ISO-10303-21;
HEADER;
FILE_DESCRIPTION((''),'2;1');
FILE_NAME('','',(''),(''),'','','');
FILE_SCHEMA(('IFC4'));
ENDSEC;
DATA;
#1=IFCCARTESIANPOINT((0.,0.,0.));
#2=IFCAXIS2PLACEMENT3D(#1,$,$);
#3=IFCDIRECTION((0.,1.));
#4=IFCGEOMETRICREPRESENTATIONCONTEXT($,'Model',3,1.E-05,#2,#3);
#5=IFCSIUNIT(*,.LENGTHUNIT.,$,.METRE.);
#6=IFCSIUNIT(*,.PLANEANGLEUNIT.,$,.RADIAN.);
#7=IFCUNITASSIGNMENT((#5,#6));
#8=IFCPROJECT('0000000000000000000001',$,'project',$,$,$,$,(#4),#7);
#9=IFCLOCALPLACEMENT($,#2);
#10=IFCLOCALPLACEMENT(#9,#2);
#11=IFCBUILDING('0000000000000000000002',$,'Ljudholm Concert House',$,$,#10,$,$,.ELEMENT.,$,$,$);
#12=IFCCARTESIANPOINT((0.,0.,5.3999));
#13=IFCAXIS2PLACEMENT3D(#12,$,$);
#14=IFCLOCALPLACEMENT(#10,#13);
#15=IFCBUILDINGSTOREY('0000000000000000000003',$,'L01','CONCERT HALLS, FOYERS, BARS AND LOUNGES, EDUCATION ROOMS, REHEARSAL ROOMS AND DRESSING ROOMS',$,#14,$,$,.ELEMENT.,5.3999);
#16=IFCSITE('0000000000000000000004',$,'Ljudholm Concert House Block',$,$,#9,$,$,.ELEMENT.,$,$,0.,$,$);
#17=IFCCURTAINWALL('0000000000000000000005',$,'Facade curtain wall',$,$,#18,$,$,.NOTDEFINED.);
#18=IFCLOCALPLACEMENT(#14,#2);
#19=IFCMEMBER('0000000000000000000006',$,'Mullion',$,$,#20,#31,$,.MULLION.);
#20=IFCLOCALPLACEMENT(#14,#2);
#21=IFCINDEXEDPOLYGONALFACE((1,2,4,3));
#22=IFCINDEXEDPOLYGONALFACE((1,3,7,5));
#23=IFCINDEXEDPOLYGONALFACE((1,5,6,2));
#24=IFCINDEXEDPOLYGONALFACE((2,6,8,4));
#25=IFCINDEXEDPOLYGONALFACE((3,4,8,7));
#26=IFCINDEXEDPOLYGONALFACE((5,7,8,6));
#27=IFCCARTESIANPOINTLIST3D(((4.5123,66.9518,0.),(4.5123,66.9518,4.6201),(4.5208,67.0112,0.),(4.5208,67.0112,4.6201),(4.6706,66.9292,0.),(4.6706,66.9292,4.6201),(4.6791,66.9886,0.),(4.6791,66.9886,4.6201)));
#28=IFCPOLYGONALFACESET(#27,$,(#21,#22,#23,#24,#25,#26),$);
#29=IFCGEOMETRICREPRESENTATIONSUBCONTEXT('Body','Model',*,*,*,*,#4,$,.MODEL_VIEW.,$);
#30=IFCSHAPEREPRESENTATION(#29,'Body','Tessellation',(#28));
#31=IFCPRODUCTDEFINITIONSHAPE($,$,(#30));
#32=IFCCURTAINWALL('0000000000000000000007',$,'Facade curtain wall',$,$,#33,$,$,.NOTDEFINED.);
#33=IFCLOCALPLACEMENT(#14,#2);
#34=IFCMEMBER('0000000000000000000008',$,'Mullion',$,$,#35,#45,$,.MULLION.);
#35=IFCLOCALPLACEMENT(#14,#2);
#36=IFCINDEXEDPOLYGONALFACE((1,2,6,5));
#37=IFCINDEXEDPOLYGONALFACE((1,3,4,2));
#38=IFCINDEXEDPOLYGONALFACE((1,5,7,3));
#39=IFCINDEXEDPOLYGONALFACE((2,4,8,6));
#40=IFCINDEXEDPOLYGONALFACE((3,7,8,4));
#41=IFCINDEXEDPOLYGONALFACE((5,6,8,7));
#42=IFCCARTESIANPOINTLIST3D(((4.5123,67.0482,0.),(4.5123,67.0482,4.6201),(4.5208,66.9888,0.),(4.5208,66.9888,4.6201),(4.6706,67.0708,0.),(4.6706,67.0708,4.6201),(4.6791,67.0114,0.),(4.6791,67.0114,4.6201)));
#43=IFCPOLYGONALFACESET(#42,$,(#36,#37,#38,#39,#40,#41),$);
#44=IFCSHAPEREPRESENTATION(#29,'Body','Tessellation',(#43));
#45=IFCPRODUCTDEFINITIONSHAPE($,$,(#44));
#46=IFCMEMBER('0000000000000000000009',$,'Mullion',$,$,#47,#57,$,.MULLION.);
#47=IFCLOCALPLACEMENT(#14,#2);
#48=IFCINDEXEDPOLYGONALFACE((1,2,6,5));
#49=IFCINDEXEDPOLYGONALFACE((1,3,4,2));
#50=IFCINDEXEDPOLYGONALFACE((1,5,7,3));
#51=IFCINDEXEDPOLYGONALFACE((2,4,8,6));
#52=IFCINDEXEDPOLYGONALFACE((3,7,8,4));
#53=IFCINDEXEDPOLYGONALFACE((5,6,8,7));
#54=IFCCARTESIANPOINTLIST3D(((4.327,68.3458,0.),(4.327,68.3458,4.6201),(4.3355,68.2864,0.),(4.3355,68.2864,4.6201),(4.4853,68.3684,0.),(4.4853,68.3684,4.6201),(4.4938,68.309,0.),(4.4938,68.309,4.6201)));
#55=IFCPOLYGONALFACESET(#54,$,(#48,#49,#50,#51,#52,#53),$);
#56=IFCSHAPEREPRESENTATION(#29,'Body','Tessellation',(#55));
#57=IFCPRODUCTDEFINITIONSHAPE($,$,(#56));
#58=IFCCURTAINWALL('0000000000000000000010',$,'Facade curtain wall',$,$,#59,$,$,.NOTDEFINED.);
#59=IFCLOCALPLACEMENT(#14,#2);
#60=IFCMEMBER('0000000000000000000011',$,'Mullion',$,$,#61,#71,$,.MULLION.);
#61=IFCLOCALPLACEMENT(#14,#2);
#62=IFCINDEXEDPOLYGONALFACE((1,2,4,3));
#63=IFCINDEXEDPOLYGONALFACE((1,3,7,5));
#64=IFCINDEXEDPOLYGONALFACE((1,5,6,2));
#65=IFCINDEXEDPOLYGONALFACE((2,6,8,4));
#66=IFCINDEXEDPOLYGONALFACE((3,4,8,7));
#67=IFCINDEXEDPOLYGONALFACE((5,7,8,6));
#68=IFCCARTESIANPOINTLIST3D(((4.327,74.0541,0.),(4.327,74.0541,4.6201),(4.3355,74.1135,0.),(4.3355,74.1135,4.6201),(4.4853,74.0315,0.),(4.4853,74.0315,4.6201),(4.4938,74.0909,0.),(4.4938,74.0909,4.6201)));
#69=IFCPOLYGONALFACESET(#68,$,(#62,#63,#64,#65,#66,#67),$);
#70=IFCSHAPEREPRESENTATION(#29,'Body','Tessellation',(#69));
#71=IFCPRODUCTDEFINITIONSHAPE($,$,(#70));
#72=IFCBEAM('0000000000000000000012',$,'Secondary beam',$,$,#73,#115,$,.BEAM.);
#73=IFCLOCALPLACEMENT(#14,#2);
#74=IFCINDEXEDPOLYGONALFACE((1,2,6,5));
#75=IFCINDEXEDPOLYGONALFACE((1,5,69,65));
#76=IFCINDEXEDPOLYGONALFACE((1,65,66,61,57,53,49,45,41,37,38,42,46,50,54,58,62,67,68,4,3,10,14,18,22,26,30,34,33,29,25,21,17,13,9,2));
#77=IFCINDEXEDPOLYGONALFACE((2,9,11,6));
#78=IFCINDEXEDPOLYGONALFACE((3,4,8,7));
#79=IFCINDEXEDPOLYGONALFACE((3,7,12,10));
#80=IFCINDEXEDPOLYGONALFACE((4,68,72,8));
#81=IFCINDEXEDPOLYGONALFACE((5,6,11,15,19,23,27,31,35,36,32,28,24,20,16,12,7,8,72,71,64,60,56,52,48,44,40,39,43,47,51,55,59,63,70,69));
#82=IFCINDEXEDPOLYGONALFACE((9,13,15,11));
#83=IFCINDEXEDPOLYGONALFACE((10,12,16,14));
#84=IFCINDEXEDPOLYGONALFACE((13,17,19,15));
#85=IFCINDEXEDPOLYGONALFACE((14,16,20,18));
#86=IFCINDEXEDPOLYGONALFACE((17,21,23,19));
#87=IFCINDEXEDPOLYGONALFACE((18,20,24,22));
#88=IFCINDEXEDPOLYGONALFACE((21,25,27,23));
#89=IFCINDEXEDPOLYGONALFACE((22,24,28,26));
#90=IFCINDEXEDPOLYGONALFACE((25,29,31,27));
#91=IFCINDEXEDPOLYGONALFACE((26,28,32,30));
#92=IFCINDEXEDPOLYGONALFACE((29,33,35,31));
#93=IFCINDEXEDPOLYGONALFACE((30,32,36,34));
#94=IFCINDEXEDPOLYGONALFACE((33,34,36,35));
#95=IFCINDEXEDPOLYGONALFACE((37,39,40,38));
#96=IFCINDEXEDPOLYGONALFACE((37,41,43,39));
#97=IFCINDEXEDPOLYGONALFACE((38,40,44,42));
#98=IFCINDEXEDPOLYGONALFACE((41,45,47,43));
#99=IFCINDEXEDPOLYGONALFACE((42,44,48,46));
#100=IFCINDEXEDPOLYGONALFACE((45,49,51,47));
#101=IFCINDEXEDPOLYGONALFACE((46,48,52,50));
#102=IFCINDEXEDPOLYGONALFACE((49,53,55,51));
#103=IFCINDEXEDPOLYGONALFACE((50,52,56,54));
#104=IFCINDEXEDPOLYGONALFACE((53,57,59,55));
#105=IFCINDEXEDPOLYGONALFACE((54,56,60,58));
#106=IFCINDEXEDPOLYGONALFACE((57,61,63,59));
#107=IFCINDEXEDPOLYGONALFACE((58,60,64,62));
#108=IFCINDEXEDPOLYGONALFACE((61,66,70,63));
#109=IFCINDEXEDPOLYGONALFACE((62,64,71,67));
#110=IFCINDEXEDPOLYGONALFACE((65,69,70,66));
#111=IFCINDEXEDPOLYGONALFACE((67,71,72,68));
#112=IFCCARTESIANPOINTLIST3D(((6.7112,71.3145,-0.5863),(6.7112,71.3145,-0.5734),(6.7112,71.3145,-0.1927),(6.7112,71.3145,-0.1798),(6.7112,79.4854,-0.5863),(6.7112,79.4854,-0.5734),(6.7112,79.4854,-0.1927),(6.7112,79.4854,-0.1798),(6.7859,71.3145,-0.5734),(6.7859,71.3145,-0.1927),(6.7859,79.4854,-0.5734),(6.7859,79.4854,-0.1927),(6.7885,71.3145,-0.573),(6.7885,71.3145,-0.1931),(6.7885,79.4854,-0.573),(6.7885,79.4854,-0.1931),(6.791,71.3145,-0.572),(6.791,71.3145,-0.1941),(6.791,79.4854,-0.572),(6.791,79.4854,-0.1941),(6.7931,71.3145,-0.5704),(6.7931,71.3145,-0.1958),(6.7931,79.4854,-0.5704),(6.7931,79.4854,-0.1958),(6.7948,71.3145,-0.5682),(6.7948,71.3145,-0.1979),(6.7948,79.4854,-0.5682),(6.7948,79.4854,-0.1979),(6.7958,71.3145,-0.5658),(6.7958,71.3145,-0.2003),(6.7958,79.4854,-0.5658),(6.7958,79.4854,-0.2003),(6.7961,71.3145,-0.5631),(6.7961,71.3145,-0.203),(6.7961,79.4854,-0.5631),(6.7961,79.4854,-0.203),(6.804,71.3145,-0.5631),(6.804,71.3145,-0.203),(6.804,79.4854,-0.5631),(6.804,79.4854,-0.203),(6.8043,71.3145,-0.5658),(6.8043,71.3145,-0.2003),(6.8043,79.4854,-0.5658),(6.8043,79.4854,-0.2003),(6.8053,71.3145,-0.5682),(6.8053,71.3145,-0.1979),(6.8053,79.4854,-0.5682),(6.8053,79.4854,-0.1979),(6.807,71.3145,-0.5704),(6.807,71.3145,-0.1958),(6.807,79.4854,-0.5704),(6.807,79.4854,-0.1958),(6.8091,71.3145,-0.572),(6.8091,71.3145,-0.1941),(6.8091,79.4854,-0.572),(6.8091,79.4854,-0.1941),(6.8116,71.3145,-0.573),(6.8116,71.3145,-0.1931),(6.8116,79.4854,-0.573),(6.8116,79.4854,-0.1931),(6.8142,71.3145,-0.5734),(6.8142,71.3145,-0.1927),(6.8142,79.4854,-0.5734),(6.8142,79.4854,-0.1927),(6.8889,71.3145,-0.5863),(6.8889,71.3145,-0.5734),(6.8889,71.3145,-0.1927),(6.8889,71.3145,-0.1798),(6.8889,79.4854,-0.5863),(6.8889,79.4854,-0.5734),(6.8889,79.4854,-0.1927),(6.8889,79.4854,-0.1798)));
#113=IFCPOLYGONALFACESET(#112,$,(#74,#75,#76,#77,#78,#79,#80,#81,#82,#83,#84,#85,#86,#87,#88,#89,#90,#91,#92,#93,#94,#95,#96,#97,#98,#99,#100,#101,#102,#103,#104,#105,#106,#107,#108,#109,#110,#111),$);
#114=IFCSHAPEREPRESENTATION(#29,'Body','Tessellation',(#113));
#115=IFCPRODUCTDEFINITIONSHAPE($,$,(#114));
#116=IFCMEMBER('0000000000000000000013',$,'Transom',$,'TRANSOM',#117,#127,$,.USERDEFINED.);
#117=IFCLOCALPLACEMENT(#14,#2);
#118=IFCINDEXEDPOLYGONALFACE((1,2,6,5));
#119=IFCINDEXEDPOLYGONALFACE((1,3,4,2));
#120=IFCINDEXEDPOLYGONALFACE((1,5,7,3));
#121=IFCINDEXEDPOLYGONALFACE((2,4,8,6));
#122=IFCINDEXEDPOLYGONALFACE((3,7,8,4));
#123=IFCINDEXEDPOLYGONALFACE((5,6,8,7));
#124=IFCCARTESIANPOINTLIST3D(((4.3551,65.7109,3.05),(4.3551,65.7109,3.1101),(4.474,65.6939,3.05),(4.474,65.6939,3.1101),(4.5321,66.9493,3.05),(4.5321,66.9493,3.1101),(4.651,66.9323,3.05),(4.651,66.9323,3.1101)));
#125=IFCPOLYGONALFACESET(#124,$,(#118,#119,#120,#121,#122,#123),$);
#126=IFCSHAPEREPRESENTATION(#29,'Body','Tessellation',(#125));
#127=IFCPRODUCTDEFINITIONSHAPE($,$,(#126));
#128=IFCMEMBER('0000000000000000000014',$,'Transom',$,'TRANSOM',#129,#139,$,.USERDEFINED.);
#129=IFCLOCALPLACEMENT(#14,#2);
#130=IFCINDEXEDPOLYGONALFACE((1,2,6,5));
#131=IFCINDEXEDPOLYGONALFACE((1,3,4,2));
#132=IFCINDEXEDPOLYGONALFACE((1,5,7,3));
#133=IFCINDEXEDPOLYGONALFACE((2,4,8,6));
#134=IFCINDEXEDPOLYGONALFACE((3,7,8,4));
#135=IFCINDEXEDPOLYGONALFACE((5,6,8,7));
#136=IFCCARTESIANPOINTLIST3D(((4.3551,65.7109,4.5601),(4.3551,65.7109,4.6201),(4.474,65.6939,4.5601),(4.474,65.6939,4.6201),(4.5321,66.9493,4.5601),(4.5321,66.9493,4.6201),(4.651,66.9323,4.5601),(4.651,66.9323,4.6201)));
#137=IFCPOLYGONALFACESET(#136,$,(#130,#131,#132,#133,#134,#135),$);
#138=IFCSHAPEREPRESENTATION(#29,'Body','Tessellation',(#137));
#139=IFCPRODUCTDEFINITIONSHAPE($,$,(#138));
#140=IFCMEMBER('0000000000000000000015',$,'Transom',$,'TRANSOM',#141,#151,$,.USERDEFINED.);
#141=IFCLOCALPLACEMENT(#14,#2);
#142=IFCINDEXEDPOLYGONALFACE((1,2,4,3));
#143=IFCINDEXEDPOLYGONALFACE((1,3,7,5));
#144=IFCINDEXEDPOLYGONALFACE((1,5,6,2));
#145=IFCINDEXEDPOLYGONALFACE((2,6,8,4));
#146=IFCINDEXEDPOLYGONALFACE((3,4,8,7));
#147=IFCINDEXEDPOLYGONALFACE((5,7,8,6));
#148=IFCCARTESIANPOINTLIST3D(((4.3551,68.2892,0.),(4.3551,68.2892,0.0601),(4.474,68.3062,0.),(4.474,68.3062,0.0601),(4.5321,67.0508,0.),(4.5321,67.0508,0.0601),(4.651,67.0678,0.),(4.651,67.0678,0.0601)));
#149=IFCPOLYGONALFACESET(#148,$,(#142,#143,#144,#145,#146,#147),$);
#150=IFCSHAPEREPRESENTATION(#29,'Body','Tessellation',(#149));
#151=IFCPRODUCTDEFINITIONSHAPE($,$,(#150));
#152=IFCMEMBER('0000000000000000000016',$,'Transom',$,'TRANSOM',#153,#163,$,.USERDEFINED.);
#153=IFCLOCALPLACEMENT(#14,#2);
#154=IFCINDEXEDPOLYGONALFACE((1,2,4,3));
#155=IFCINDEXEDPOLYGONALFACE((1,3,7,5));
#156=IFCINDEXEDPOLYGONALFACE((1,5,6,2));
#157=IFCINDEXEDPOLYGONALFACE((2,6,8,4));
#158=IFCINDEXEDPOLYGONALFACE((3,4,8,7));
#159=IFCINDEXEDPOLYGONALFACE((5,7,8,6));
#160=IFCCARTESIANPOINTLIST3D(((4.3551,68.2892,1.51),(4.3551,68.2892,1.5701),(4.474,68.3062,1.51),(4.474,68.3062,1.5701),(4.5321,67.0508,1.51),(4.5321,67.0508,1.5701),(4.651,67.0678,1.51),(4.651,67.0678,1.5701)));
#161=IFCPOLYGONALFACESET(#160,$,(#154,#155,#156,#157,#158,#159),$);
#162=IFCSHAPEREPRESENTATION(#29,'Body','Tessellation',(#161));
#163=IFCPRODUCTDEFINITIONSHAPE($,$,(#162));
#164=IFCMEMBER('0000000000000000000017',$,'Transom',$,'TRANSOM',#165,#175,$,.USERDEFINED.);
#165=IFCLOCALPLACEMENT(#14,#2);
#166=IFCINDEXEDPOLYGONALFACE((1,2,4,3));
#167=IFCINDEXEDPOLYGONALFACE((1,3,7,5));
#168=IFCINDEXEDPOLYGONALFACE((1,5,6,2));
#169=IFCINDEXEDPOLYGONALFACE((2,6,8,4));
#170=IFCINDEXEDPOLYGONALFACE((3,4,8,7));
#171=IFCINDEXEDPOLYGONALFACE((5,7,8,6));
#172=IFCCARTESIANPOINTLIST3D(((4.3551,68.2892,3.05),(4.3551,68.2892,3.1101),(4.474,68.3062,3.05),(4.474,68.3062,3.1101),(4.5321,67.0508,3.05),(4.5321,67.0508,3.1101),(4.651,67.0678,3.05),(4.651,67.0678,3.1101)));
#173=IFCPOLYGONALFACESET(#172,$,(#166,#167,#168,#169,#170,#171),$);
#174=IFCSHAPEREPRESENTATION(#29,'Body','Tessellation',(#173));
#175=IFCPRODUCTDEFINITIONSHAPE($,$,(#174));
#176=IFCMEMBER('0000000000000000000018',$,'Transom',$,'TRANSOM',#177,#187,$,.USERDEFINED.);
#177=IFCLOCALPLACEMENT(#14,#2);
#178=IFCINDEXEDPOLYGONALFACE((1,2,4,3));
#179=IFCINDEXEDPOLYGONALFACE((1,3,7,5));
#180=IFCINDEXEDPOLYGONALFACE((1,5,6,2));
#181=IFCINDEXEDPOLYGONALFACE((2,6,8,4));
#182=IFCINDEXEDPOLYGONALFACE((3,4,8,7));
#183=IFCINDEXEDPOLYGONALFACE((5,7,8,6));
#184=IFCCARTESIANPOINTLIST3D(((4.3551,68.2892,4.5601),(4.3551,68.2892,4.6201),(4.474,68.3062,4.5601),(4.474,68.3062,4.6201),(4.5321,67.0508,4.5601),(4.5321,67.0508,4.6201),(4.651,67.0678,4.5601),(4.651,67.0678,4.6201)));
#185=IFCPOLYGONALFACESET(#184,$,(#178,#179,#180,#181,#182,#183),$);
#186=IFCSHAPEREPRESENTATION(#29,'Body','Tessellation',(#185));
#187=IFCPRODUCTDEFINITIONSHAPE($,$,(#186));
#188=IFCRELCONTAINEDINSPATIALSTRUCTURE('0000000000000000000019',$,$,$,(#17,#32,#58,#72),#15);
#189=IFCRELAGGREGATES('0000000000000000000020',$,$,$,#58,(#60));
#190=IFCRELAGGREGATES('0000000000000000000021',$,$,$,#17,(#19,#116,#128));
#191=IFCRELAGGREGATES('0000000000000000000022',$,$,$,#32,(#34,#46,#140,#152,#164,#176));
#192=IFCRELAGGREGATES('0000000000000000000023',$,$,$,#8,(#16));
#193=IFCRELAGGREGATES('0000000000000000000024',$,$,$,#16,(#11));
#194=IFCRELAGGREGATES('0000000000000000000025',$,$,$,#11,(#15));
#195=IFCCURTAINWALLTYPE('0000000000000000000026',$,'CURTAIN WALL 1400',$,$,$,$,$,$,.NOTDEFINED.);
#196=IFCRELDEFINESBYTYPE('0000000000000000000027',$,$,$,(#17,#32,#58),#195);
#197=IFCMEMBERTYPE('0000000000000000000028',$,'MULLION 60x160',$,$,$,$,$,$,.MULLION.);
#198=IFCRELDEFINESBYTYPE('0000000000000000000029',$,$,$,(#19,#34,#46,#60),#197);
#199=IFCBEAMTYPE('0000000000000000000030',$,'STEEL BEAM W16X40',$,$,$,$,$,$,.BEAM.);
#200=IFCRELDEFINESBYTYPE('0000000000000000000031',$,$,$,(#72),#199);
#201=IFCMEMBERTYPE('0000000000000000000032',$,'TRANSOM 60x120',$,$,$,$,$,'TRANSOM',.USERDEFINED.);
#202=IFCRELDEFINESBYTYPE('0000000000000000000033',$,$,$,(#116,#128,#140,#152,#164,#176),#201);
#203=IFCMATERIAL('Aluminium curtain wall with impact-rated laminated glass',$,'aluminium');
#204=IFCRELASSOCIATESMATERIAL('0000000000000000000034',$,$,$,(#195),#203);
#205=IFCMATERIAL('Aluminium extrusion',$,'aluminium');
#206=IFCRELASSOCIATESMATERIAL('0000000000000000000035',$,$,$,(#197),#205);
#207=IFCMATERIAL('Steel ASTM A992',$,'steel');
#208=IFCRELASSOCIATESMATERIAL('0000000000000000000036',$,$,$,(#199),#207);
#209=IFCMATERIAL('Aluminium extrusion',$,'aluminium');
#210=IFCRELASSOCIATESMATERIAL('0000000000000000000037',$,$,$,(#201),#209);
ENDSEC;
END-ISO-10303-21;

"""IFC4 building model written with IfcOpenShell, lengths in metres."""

from ifc_helpers import new_model, si_unit, direction, frame, origin, origin_2d, place, context, subcontext, project, spatial, rectangle, i_section, extrude, material, material_profile, profile_set, type_object, element, aggregate, save


model = new_model("IFC4")

# Units and contexts
model_context = context("Model", 3, precision=1e-05, world=origin(), true_north=direction((0.0, 1.0)))
body_context = subcontext(model_context, "Body", "Model", "MODEL_VIEW")
ifc_project = project(units=[si_unit("LENGTHUNIT", "METRE"), si_unit("PLANEANGLEUNIT", "RADIAN")], contexts=[model_context])

# Site, building, storey
site_placement = place(None, origin())
site = spatial("IfcSite", under=ifc_project, at=site_placement, Name="Ljudholm Concert House Block", CompositionType="ELEMENT", RefElevation=0.0)
building_placement = place(site_placement, origin())
building = spatial("IfcBuilding", under=site, at=building_placement, Name="Ljudholm Concert House", CompositionType="ELEMENT")
storey_placement = place(building_placement, frame((0.0, 0.0, 5.3999)))
storey = spatial("IfcBuildingStorey", under=building, at=storey_placement, Name="L01", Description="CONCERT HALLS, FOYERS, BARS AND LOUNGES, EDUCATION ROOMS, REHEARSAL ROOMS AND DRESSING ROOMS", CompositionType="ELEMENT", Elevation=5.3999)

# Curtain wall, member
ifc_material_1 = material(Name="Aluminium curtain wall with impact-rated laminated glass", Category="aluminium")
curtain_wall_type = type_object("IfcCurtainWallType", Name="CURTAIN WALL 1400", PredefinedType="NOTDEFINED", material=ifc_material_1)
curtain_wall_1_placement = place(storey_placement, origin())
curtain_wall_1 = element("IfcCurtainWall", 1, at=curtain_wall_1_placement, inside=storey, type_object=curtain_wall_type, Name="Facade curtain wall", PredefinedType="NOTDEFINED")
ifc_material_2 = material(Name="Aluminium extrusion", Category="aluminium")
ifc_material_profile_1 = material_profile(ifc_material_2, rectangle(XDim=0.1599, YDim=0.0601, at=origin_2d()), Name="MULLION 60x160")
ifc_profile_set_1 = profile_set([ifc_material_profile_1], Name="Aluminium extrusion")
member_type_1 = type_object("IfcMemberType", Name="MULLION 60x160", PredefinedType="MULLION", material=ifc_profile_set_1)
member_1_placement = place(storey_placement, frame((4.5957, 66.9702, 0.0), z_axis=(0.0, 0.0, 1.0), x_axis=(-0.989949, 0.141421, 0.0)))
member_1 = element("IfcMember", 2, at=member_1_placement, type_object=member_type_1, Name="Mullion", PredefinedType="MULLION", context=body_context, shape_type="SweptSolid", body=[
    extrude(rectangle(XDim=0.1599, YDim=0.0601, at=origin_2d()), origin(), (0.0, 0.0, 1.0), 4.6201),
])

# Curtain wall, members
curtain_wall_2_placement = place(storey_placement, origin())
curtain_wall_2 = element("IfcCurtainWall", 3, at=curtain_wall_2_placement, inside=storey, type_object=curtain_wall_type, Name="Facade curtain wall", PredefinedType="NOTDEFINED")
member_2_placement = place(storey_placement, frame((4.5957, 67.0298, 0.0), z_axis=(0.0, 0.0, 1.0), x_axis=(-0.989949, -0.141421, 0.0)))
member_2 = element("IfcMember", 4, at=member_2_placement, type_object=member_type_1, Name="Mullion", PredefinedType="MULLION", context=body_context, shape_type="SweptSolid", body=[
    extrude(rectangle(XDim=0.1599, YDim=0.0601, at=origin_2d()), origin(), (0.0, 0.0, 1.0), 4.6201),
])
member_3_placement = place(storey_placement, frame((4.4104, 68.3274, 0.0), z_axis=(0.0, 0.0, 1.0), x_axis=(-0.989949, -0.141421, 0.0)))
member_3 = element("IfcMember", 5, at=member_3_placement, type_object=member_type_1, Name="Mullion", PredefinedType="MULLION", context=body_context, shape_type="SweptSolid", body=[
    extrude(rectangle(XDim=0.1599, YDim=0.0601, at=origin_2d()), origin(), (0.0, 0.0, 1.0), 4.6201),
])

# Curtain wall, member
curtain_wall_3_placement = place(storey_placement, origin())
curtain_wall_3 = element("IfcCurtainWall", 6, at=curtain_wall_3_placement, inside=storey, type_object=curtain_wall_type, Name="Facade curtain wall", PredefinedType="NOTDEFINED")
member_4_placement = place(storey_placement, frame((4.4104, 74.0725, 0.0), z_axis=(0.0, 0.0, 1.0), x_axis=(-0.989949, 0.141421, 0.0)))
member_4 = element("IfcMember", 7, at=member_4_placement, type_object=member_type_1, Name="Mullion", PredefinedType="MULLION", context=body_context, shape_type="SweptSolid", body=[
    extrude(rectangle(XDim=0.1599, YDim=0.0601, at=origin_2d()), origin(), (0.0, 0.0, 1.0), 4.6201),
])

# Beam
ifc_material_3 = material(Name="Steel ASTM A992", Category="steel")
ifc_material_profile_2 = material_profile(ifc_material_3, i_section(OverallWidth=0.1777, OverallDepth=0.4065, WebThickness=0.0078, FlangeThickness=0.0129, FilletRadius=0.0103, at=origin_2d()), Name="W16X40")
ifc_profile_set_2 = profile_set([ifc_material_profile_2], Name="Steel ASTM A992")
beam_type = type_object("IfcBeamType", Name="STEEL BEAM W16X40", PredefinedType="BEAM", material=ifc_profile_set_2)
beam_placement = place(storey_placement, frame((6.8, 71.3145, -0.3831), z_axis=(0.0, 1.0, 0.0), x_axis=(-1.0, 0.0, 0.0)))
element("IfcBeam", 8, at=beam_placement, inside=storey, type_object=beam_type, Name="Secondary beam", PredefinedType="BEAM", context=body_context, shape_type="SweptSolid", body=[
    extrude(i_section(OverallWidth=0.1777, OverallDepth=0.4065, WebThickness=0.0078, FlangeThickness=0.0129, FilletRadius=0.0103, at=origin_2d()), origin(), (0.0, 0.0, 1.0), 8.1709),
])

# Members
ifc_material_4 = material(Name="Aluminium extrusion", Category="aluminium")
ifc_material_profile_3 = material_profile(ifc_material_4, rectangle(XDim=0.1201, YDim=0.0601, at=origin_2d()), Name="TRANSOM 60x120")
ifc_profile_set_3 = profile_set([ifc_material_profile_3], Name="Aluminium extrusion")
member_type_2 = type_object("IfcMemberType", Name="TRANSOM 60x120", ElementType="TRANSOM", PredefinedType="USERDEFINED", material=ifc_profile_set_3)
member_5_placement = place(storey_placement, frame((4.4146, 65.7024, 3.0801), z_axis=(0.141503, 0.989938, 0.0), x_axis=(-0.989938, 0.141503, 0.0)))
member_5 = element("IfcMember", 9, at=member_5_placement, type_object=member_type_2, Name="Transom", ObjectType="TRANSOM", PredefinedType="USERDEFINED", context=body_context, shape_type="SweptSolid", body=[
    extrude(rectangle(XDim=0.1201, YDim=0.0601, at=origin_2d()), origin(), (0.0, 0.0, 1.0), 1.251),
])
member_6_placement = place(storey_placement, frame((4.4146, 65.7024, 4.5901), z_axis=(0.141503, 0.989938, 0.0), x_axis=(-0.989938, 0.141503, 0.0)))
member_6 = element("IfcMember", 10, at=member_6_placement, type_object=member_type_2, Name="Transom", ObjectType="TRANSOM", PredefinedType="USERDEFINED", context=body_context, shape_type="SweptSolid", body=[
    extrude(rectangle(XDim=0.1201, YDim=0.0601, at=origin_2d()), origin(), (0.0, 0.0, 1.0), 1.251),
])
member_7_placement = place(storey_placement, frame((4.5916, 67.0593, 0.03), z_axis=(-0.141503, 0.989938, 0.0), x_axis=(-0.989938, -0.141503, 0.0)))
member_7 = element("IfcMember", 11, at=member_7_placement, type_object=member_type_2, Name="Transom", ObjectType="TRANSOM", PredefinedType="USERDEFINED", context=body_context, shape_type="SweptSolid", body=[
    extrude(rectangle(XDim=0.1201, YDim=0.0601, at=origin_2d()), origin(), (0.0, 0.0, 1.0), 1.251),
])
member_8_placement = place(storey_placement, frame((4.5916, 67.0593, 1.54), z_axis=(-0.141503, 0.989938, 0.0), x_axis=(-0.989938, -0.141503, 0.0)))
member_8 = element("IfcMember", 12, at=member_8_placement, type_object=member_type_2, Name="Transom", ObjectType="TRANSOM", PredefinedType="USERDEFINED", context=body_context, shape_type="SweptSolid", body=[
    extrude(rectangle(XDim=0.1201, YDim=0.0601, at=origin_2d()), origin(), (0.0, 0.0, 1.0), 1.251),
])
member_9_placement = place(storey_placement, frame((4.5916, 67.0593, 3.0801), z_axis=(-0.141503, 0.989938, 0.0), x_axis=(-0.989938, -0.141503, 0.0)))
member_9 = element("IfcMember", 13, at=member_9_placement, type_object=member_type_2, Name="Transom", ObjectType="TRANSOM", PredefinedType="USERDEFINED", context=body_context, shape_type="SweptSolid", body=[
    extrude(rectangle(XDim=0.1201, YDim=0.0601, at=origin_2d()), origin(), (0.0, 0.0, 1.0), 1.251),
])
member_10_placement = place(storey_placement, frame((4.5916, 67.0593, 4.5901), z_axis=(-0.141503, 0.989938, 0.0), x_axis=(-0.989938, -0.141503, 0.0)))
member_10 = element("IfcMember", 14, at=member_10_placement, type_object=member_type_2, Name="Transom", ObjectType="TRANSOM", PredefinedType="USERDEFINED", context=body_context, shape_type="SweptSolid", body=[
    extrude(rectangle(XDim=0.1201, YDim=0.0601, at=origin_2d()), origin(), (0.0, 0.0, 1.0), 1.251),
])
aggregate(curtain_wall_3, [member_4])

aggregate(curtain_wall_1, [member_1, member_5, member_6])
aggregate(curtain_wall_2, [member_2, member_3, member_7, member_8, member_9, member_10])

save(model, "model.ifc")
